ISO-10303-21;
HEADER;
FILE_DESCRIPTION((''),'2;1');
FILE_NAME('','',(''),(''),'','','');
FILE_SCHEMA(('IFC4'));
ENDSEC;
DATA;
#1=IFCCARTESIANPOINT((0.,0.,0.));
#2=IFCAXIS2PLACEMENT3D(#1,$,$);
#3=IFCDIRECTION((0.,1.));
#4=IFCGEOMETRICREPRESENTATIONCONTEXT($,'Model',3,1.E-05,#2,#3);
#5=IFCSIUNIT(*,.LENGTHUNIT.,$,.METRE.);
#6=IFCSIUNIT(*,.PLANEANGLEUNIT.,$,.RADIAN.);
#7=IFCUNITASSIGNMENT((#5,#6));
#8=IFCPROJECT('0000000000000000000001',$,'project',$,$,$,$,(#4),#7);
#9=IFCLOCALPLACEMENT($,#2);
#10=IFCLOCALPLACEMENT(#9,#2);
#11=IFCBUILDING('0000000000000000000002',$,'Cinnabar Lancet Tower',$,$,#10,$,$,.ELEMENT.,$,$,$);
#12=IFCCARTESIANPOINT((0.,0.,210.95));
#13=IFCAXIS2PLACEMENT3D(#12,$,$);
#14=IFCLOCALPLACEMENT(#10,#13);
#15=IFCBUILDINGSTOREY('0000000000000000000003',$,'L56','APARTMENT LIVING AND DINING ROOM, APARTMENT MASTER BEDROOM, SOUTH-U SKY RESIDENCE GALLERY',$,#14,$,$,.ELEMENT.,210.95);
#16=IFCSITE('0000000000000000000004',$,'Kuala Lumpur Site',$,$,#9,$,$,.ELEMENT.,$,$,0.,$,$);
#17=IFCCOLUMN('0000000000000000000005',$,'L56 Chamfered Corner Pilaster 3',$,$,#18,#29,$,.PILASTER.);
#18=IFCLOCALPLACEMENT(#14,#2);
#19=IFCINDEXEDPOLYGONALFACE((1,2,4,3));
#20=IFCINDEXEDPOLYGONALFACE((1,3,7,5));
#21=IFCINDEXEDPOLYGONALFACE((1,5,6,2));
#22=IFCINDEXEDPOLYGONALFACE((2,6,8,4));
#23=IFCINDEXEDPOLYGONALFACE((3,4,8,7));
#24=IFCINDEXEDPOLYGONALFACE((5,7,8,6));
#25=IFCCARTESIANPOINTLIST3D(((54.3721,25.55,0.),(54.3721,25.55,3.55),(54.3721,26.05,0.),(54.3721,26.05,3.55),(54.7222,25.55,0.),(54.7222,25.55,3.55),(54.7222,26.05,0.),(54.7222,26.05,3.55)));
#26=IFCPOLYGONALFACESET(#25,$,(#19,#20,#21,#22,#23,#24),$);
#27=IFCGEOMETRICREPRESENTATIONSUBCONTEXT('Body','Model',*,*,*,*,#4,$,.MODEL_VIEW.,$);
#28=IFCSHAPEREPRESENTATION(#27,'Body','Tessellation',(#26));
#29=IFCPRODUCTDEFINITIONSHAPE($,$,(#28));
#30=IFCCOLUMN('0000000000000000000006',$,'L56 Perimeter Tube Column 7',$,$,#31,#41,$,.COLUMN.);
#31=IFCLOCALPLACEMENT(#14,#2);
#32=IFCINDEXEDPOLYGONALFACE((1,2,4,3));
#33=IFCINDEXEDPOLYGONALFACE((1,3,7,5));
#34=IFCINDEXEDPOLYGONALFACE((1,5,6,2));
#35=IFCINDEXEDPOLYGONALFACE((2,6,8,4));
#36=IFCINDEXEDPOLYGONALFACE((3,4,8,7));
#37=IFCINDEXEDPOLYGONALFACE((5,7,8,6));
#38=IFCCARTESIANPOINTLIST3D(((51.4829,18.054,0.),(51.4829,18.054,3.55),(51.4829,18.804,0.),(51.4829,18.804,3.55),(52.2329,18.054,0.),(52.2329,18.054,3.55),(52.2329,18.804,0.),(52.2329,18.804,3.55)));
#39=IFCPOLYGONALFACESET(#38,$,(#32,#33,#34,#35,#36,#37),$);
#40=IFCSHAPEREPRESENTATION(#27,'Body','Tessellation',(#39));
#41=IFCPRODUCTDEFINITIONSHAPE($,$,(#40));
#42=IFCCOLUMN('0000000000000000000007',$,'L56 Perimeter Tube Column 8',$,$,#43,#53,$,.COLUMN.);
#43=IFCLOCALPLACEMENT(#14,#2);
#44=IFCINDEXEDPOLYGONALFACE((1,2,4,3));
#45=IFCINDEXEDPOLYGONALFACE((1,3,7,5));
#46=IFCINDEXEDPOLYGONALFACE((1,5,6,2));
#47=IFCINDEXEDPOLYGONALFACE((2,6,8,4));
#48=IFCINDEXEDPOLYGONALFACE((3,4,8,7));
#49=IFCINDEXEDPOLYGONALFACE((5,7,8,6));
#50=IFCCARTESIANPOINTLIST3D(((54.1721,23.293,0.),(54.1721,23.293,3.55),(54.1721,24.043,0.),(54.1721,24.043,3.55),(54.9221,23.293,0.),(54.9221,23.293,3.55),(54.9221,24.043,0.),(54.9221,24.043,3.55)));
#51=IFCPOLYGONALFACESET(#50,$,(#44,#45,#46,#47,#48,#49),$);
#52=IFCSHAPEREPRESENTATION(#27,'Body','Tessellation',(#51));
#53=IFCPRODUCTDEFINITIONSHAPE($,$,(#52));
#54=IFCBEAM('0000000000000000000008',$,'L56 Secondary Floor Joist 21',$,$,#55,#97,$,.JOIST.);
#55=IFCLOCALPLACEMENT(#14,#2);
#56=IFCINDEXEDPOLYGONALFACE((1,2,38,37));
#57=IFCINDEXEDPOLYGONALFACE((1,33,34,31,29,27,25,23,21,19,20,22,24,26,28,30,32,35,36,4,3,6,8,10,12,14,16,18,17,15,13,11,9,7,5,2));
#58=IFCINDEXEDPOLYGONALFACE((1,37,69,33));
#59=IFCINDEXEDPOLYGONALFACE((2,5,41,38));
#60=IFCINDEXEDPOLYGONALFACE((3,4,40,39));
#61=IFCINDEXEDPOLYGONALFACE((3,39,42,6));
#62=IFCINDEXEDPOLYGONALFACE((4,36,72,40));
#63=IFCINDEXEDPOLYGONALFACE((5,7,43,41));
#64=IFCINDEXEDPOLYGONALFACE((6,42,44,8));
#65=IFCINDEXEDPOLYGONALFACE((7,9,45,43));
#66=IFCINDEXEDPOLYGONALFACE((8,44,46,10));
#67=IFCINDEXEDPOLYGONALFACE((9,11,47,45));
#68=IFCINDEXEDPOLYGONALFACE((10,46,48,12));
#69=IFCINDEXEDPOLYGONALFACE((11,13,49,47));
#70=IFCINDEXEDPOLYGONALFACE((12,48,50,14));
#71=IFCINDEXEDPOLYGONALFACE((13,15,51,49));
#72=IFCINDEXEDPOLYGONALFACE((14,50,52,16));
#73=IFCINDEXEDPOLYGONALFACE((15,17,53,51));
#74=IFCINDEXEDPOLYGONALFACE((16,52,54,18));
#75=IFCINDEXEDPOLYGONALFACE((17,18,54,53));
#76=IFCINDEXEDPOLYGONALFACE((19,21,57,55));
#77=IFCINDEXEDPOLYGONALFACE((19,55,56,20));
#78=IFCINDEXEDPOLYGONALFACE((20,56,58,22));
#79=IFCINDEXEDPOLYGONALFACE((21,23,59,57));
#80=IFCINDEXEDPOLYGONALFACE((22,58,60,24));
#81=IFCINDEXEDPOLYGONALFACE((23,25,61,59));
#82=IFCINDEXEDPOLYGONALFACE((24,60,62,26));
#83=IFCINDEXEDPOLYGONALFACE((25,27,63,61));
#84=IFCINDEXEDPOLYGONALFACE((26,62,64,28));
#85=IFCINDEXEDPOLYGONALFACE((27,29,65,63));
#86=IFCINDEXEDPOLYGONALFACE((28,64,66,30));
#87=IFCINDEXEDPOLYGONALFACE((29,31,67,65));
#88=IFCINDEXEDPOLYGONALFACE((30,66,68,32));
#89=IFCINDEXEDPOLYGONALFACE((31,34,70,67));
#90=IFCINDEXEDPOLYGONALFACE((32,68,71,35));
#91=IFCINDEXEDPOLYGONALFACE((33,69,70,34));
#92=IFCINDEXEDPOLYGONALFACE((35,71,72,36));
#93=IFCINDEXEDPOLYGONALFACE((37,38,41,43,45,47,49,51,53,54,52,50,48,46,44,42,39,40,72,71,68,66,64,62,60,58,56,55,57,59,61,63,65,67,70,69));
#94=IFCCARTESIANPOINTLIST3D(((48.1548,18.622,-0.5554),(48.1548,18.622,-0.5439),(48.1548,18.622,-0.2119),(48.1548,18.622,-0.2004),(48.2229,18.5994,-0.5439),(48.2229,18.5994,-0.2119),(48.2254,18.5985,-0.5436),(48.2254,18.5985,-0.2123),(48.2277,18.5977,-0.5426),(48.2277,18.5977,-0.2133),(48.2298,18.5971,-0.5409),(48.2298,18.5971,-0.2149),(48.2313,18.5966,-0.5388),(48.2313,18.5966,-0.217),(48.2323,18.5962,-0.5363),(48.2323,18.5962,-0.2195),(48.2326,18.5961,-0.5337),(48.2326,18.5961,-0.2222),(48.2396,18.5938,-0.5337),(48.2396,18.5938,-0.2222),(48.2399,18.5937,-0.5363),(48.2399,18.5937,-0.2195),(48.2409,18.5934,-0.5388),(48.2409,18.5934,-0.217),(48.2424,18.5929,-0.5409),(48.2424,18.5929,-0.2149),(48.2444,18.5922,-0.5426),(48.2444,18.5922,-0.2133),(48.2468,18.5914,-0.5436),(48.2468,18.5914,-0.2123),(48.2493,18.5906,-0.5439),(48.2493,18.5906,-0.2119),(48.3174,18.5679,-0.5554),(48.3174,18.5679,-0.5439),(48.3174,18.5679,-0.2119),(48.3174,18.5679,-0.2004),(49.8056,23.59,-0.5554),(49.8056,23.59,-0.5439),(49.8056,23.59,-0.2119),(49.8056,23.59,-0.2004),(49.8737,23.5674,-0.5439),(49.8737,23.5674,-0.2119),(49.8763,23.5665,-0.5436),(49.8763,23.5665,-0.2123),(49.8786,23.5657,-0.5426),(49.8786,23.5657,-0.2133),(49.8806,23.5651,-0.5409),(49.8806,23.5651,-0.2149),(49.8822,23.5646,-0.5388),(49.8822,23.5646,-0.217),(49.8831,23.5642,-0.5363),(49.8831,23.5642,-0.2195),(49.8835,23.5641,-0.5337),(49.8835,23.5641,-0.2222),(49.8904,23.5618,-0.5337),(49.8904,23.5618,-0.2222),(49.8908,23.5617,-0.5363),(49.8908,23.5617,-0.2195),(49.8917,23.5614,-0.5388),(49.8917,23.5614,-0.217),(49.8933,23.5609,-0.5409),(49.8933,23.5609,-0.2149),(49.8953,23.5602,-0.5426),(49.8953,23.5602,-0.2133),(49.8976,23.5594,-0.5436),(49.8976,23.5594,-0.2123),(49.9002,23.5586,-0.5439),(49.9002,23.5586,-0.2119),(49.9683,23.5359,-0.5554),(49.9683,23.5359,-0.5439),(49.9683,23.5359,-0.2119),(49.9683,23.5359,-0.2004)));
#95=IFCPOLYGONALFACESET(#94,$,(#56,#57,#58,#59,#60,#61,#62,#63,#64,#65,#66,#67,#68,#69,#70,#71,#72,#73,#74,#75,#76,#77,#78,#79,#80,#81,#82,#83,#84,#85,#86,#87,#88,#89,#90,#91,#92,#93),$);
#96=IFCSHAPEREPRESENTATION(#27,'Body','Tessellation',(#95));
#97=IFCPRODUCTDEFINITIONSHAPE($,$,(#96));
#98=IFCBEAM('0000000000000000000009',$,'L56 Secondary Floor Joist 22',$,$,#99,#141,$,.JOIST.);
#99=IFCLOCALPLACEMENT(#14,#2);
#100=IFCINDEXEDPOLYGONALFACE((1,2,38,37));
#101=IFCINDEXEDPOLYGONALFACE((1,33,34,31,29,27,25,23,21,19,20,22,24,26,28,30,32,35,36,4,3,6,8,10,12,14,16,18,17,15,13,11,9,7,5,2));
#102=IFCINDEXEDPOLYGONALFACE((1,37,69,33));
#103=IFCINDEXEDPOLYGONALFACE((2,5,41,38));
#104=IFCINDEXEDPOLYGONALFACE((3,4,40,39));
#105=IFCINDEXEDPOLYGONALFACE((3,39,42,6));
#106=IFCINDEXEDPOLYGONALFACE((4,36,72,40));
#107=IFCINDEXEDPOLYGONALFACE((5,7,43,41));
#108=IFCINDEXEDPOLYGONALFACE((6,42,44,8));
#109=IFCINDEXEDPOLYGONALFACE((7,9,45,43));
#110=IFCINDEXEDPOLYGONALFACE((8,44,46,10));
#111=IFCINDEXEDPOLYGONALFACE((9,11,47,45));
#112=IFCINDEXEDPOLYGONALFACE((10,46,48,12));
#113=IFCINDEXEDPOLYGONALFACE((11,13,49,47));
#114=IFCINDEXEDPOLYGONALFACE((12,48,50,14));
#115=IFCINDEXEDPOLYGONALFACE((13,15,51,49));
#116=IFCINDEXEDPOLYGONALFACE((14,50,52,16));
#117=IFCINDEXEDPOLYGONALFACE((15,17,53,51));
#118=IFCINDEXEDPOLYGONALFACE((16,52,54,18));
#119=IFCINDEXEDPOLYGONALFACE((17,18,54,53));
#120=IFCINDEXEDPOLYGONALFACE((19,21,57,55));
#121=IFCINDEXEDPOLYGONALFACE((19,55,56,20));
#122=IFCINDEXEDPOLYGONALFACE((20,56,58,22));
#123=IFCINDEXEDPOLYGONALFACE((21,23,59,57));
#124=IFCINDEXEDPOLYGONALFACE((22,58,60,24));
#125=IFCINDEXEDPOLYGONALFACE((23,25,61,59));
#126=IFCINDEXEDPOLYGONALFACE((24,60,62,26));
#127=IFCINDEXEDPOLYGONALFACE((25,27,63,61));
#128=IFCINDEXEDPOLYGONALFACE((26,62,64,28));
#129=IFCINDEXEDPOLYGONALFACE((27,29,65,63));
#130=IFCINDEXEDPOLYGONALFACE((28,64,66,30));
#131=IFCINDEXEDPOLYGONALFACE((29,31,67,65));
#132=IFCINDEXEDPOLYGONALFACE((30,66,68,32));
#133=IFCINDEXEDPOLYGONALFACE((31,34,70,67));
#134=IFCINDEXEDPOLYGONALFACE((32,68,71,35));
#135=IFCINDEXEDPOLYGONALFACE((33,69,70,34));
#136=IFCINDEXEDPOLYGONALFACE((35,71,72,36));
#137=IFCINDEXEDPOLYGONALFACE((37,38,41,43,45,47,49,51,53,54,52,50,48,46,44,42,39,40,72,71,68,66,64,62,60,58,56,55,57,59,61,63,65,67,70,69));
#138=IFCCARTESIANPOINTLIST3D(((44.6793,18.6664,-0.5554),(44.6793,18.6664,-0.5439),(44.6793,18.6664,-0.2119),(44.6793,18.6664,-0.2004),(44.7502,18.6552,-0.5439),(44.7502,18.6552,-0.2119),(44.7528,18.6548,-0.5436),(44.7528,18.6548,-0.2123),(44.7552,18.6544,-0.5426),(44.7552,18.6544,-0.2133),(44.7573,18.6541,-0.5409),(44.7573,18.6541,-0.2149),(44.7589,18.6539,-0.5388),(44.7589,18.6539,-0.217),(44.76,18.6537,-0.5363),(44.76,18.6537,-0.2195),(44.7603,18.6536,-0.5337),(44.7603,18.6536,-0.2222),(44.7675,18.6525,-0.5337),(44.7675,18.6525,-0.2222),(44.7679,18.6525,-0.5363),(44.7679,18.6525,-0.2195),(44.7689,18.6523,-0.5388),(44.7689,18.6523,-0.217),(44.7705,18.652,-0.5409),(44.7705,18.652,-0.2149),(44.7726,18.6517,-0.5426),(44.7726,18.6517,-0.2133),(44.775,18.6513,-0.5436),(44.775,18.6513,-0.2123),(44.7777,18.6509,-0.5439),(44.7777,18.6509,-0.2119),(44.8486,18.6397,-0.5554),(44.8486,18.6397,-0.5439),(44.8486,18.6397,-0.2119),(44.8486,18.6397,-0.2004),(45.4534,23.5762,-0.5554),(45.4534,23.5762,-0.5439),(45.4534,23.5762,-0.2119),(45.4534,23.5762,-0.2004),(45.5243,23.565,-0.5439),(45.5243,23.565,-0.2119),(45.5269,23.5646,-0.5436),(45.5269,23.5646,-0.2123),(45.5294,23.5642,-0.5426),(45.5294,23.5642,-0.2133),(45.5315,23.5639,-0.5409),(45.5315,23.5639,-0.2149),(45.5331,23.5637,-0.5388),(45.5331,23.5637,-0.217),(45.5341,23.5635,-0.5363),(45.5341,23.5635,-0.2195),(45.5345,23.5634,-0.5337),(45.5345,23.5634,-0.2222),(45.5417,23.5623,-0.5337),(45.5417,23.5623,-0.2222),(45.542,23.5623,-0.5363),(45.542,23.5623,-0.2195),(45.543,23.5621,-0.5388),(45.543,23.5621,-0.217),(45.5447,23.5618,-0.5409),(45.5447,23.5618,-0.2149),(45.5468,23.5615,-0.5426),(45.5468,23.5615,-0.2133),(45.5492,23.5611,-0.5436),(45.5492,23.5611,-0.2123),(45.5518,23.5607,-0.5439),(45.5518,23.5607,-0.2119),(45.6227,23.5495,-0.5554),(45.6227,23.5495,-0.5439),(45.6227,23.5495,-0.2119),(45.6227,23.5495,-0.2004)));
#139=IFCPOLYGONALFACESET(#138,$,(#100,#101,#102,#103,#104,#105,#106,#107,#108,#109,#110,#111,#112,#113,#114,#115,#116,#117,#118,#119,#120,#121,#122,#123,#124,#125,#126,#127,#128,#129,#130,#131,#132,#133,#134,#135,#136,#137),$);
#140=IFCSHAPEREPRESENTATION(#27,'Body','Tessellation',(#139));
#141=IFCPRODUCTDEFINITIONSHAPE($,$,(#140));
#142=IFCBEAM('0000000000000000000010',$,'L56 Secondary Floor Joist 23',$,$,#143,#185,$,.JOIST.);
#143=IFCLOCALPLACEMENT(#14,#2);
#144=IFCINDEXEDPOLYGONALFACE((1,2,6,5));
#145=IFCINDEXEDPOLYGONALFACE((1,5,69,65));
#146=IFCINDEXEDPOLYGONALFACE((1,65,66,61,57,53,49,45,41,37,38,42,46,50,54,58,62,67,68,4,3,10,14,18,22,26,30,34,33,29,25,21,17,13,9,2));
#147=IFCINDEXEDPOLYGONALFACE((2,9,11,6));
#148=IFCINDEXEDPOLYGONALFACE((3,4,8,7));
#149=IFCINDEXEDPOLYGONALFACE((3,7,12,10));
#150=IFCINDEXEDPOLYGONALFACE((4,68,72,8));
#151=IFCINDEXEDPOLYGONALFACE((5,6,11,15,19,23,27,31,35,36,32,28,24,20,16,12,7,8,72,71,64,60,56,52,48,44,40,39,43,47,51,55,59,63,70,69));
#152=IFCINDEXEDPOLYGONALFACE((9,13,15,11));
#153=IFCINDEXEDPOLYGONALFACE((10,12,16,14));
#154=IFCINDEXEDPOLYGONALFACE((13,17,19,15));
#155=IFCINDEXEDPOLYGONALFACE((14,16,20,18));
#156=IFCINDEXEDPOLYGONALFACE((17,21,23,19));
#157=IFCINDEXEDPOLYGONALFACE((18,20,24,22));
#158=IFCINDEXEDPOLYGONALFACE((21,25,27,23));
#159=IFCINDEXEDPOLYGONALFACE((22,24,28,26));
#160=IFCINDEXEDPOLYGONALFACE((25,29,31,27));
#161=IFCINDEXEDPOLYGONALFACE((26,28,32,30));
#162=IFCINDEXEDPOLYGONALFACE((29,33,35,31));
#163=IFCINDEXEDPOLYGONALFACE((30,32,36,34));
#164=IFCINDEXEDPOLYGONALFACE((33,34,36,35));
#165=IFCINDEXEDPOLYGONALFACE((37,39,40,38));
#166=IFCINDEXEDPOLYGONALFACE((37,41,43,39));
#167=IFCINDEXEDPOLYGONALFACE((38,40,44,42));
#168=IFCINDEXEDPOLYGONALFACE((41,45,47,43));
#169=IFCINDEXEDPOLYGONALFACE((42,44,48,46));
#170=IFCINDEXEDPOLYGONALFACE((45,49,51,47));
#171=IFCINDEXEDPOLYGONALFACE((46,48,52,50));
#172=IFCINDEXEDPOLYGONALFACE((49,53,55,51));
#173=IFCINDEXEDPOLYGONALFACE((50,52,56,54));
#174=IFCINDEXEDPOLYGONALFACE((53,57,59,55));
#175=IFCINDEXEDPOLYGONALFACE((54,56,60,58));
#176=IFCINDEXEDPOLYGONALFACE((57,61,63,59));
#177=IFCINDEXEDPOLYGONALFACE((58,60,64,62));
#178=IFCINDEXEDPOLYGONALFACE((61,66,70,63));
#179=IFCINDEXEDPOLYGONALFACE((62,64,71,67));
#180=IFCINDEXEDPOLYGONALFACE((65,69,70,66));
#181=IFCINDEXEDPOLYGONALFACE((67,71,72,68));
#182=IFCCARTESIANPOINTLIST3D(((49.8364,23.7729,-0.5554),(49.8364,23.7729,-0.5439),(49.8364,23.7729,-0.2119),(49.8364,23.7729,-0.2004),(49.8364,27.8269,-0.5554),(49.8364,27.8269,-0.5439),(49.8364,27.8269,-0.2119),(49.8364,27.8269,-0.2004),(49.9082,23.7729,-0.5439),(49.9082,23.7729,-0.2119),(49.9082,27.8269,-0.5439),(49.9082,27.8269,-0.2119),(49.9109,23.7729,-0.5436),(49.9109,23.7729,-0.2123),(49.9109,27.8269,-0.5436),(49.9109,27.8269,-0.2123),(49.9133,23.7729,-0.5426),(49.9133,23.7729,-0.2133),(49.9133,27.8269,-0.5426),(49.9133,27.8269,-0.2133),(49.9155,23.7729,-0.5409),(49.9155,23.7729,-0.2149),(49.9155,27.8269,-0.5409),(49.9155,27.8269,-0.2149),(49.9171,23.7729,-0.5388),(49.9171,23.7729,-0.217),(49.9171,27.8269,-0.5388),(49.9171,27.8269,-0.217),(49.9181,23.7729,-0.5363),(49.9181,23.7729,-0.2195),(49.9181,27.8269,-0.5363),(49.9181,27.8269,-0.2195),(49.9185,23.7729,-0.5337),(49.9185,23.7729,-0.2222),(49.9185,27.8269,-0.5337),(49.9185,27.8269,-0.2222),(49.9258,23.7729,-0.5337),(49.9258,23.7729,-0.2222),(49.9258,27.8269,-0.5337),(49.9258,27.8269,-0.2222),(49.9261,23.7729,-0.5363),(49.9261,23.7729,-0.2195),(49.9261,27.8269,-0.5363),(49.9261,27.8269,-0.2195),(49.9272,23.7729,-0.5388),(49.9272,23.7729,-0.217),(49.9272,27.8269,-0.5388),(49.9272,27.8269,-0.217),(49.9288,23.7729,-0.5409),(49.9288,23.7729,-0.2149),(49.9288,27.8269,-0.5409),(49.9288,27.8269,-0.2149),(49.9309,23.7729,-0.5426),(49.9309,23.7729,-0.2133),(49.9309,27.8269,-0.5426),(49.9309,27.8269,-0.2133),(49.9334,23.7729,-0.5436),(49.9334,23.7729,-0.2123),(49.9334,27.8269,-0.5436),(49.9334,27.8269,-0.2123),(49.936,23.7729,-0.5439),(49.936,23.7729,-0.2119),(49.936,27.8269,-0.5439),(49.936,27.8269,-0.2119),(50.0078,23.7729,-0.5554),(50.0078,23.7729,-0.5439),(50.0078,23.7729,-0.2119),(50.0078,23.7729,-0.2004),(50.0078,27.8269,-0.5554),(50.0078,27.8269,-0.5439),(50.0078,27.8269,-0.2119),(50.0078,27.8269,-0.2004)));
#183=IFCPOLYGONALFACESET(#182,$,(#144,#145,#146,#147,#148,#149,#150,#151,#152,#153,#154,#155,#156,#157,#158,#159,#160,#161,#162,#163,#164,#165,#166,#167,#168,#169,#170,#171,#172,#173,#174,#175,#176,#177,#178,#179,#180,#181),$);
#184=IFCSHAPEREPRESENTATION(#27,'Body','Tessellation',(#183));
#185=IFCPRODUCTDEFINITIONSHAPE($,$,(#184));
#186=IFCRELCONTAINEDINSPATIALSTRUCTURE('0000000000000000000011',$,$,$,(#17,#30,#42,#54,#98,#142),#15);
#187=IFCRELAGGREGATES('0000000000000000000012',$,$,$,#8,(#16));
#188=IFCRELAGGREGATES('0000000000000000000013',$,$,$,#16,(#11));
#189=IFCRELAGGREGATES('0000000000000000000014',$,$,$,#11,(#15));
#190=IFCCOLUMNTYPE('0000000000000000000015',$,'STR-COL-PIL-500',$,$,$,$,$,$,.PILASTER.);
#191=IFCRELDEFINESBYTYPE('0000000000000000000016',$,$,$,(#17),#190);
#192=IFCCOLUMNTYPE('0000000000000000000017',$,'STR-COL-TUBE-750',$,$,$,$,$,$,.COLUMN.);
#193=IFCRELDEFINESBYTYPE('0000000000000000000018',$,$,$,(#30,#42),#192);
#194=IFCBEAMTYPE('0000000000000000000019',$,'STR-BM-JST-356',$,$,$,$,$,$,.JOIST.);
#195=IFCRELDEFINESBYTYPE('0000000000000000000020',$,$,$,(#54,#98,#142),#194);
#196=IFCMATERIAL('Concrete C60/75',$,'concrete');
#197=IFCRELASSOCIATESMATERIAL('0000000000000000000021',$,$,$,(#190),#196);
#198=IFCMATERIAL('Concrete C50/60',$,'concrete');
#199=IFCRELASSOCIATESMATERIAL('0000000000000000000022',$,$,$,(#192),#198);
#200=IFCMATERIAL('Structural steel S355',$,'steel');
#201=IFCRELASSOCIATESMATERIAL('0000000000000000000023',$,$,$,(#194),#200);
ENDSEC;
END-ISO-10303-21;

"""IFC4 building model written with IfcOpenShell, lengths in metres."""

from ifc_helpers import new_model, si_unit, direction, frame, origin, origin_2d, place, context, subcontext, project, spatial, rectangle, i_section, extrude, material, material_profile, profile_set, type_object, element, save


model = new_model("IFC4")

# Units and contexts
model_context = context("Model", 3, precision=1e-05, world=origin(), true_north=direction((0.0, 1.0)))
body_context = subcontext(model_context, "Body", "Model", "MODEL_VIEW")
ifc_project = project(units=[si_unit("LENGTHUNIT", "METRE"), si_unit("PLANEANGLEUNIT", "RADIAN")], contexts=[model_context])

# Site, building, storey
site_placement = place(None, origin())
site = spatial("IfcSite", under=ifc_project, at=site_placement, Name="Kuala Lumpur Site", CompositionType="ELEMENT", RefElevation=0.0)
building_placement = place(site_placement, origin())
building = spatial("IfcBuilding", under=site, at=building_placement, Name="Cinnabar Lancet Tower", CompositionType="ELEMENT")
storey_placement = place(building_placement, frame((0.0, 0.0, 210.95)))
storey = spatial("IfcBuildingStorey", under=building, at=storey_placement, Name="L56", Description="APARTMENT LIVING AND DINING ROOM, APARTMENT MASTER BEDROOM, SOUTH-U SKY RESIDENCE GALLERY", CompositionType="ELEMENT", Elevation=210.95)

# Columns
ifc_material_1 = material(Name="Concrete C60/75", Category="concrete")
ifc_material_profile_1 = material_profile(ifc_material_1, rectangle(XDim=0.5, YDim=0.3501, at=origin_2d()), Name="RC-PIL 500x350")
ifc_profile_set_1 = profile_set([ifc_material_profile_1], Name="Concrete C60/75")
column_type_1 = type_object("IfcColumnType", Name="STR-COL-PIL-500", PredefinedType="PILASTER", material=ifc_profile_set_1)
column_placement = place(storey_placement, frame((54.5471, 25.8, 0.0), z_axis=(0.0, 0.0, 1.0), x_axis=(0.0, 1.0, 0.0)))
element("IfcColumn", 1, at=column_placement, inside=storey, type_object=column_type_1, Name="L56 Chamfered Corner Pilaster 3", PredefinedType="PILASTER", context=body_context, shape_type="SweptSolid", body=[
    extrude(rectangle(XDim=0.5, YDim=0.3501, at=origin_2d()), origin(), (0.0, 0.0, 1.0), 3.55),
])
ifc_material_2 = material(Name="Concrete C50/60", Category="concrete")
ifc_material_profile_2 = material_profile(ifc_material_2, rectangle(XDim=0.75, YDim=0.75, at=origin_2d()), Name="RC-COL 750x750")
ifc_profile_set_2 = profile_set([ifc_material_profile_2], Name="Concrete C50/60")
column_type_2 = type_object("IfcColumnType", Name="STR-COL-TUBE-750", PredefinedType="COLUMN", material=ifc_profile_set_2)
for number, where, z_axis, x_axis, name in (
    (2, (51.8579, 18.429, 0.0), (0.0, 0.0, 1.0), (1.0, 0.0, 0.0), "L56 Perimeter Tube Column 7"),
    (3, (54.5471, 23.668, 0.0), (0.0, 0.0, 1.0), (1.0, 0.0, 0.0), "L56 Perimeter Tube Column 8"),
):
    element("IfcColumn", number, at=place(storey_placement, frame(where, z_axis=z_axis, x_axis=x_axis)), inside=storey, type_object=column_type_2, Name=name, PredefinedType="COLUMN", context=body_context, shape_type="SweptSolid", body=[
        extrude(rectangle(XDim=0.75, YDim=0.75, at=origin_2d()), origin(), (0.0, 0.0, 1.0), 3.55),
    ])

# Beams
ifc_material_3 = material(Name="Structural steel S355", Category="steel")
ifc_material_profile_3 = material_profile(ifc_material_3, i_section(OverallWidth=0.1714, OverallDepth=0.355, WebThickness=0.0073, FlangeThickness=0.0115, FilletRadius=0.0103, at=origin_2d()), Name="UKB 356x171x51")
ifc_profile_set_3 = profile_set([ifc_material_profile_3], Name="Structural steel S355")
beam_type_1 = type_object("IfcBeamType", Name="STR-BM-JST-356", PredefinedType="JOIST", material=ifc_profile_set_3)
beam_1_placement = place(storey_placement, frame((48.2361, 18.595, -0.3779), z_axis=(0.315346, 0.948977, 0.0), x_axis=(-0.948977, 0.315346, 0.0)))
element("IfcBeam", 4, at=beam_1_placement, inside=storey, type_object=beam_type_1, Name="L56 Secondary Floor Joist 21", PredefinedType="JOIST", context=body_context, shape_type="SweptSolid", body=[
    extrude(i_section(OverallWidth=0.1714, OverallDepth=0.355, WebThickness=0.0073, FlangeThickness=0.0115, FilletRadius=0.0103, at=origin_2d()), origin(), (0.0, 0.0, 1.0), 5.2351),
])
beam_2_placement = place(storey_placement, frame((44.7639, 18.6531, -0.3779), z_axis=(0.155751, 0.987796, 0.0), x_axis=(-0.987796, 0.155751, 0.0)))
element("IfcBeam", 5, at=beam_2_placement, inside=storey, type_object=beam_type_1, Name="L56 Secondary Floor Joist 22", PredefinedType="JOIST", context=body_context, shape_type="SweptSolid", body=[
    extrude(i_section(OverallWidth=0.1714, OverallDepth=0.355, WebThickness=0.0073, FlangeThickness=0.0115, FilletRadius=0.0103, at=origin_2d()), origin(), (0.0, 0.0, 1.0), 4.9705),
])
for number, where, z_axis, x_axis, name in (
    (6, (49.9221, 23.7729, -0.3779), (0.0, 1.0, 0.0), (-1.0, 0.0, 0.0), "L56 Secondary Floor Joist 23"),
):
    element("IfcBeam", number, at=place(storey_placement, frame(where, z_axis=z_axis, x_axis=x_axis)), inside=storey, type_object=beam_type_1, Name=name, PredefinedType="JOIST", context=body_context, shape_type="SweptSolid", body=[
        extrude(i_section(OverallWidth=0.1714, OverallDepth=0.355, WebThickness=0.0073, FlangeThickness=0.0115, FilletRadius=0.0103, at=origin_2d()), origin(), (0.0, 0.0, 1.0), 4.054),
    ])

save(model, "model.ifc")
